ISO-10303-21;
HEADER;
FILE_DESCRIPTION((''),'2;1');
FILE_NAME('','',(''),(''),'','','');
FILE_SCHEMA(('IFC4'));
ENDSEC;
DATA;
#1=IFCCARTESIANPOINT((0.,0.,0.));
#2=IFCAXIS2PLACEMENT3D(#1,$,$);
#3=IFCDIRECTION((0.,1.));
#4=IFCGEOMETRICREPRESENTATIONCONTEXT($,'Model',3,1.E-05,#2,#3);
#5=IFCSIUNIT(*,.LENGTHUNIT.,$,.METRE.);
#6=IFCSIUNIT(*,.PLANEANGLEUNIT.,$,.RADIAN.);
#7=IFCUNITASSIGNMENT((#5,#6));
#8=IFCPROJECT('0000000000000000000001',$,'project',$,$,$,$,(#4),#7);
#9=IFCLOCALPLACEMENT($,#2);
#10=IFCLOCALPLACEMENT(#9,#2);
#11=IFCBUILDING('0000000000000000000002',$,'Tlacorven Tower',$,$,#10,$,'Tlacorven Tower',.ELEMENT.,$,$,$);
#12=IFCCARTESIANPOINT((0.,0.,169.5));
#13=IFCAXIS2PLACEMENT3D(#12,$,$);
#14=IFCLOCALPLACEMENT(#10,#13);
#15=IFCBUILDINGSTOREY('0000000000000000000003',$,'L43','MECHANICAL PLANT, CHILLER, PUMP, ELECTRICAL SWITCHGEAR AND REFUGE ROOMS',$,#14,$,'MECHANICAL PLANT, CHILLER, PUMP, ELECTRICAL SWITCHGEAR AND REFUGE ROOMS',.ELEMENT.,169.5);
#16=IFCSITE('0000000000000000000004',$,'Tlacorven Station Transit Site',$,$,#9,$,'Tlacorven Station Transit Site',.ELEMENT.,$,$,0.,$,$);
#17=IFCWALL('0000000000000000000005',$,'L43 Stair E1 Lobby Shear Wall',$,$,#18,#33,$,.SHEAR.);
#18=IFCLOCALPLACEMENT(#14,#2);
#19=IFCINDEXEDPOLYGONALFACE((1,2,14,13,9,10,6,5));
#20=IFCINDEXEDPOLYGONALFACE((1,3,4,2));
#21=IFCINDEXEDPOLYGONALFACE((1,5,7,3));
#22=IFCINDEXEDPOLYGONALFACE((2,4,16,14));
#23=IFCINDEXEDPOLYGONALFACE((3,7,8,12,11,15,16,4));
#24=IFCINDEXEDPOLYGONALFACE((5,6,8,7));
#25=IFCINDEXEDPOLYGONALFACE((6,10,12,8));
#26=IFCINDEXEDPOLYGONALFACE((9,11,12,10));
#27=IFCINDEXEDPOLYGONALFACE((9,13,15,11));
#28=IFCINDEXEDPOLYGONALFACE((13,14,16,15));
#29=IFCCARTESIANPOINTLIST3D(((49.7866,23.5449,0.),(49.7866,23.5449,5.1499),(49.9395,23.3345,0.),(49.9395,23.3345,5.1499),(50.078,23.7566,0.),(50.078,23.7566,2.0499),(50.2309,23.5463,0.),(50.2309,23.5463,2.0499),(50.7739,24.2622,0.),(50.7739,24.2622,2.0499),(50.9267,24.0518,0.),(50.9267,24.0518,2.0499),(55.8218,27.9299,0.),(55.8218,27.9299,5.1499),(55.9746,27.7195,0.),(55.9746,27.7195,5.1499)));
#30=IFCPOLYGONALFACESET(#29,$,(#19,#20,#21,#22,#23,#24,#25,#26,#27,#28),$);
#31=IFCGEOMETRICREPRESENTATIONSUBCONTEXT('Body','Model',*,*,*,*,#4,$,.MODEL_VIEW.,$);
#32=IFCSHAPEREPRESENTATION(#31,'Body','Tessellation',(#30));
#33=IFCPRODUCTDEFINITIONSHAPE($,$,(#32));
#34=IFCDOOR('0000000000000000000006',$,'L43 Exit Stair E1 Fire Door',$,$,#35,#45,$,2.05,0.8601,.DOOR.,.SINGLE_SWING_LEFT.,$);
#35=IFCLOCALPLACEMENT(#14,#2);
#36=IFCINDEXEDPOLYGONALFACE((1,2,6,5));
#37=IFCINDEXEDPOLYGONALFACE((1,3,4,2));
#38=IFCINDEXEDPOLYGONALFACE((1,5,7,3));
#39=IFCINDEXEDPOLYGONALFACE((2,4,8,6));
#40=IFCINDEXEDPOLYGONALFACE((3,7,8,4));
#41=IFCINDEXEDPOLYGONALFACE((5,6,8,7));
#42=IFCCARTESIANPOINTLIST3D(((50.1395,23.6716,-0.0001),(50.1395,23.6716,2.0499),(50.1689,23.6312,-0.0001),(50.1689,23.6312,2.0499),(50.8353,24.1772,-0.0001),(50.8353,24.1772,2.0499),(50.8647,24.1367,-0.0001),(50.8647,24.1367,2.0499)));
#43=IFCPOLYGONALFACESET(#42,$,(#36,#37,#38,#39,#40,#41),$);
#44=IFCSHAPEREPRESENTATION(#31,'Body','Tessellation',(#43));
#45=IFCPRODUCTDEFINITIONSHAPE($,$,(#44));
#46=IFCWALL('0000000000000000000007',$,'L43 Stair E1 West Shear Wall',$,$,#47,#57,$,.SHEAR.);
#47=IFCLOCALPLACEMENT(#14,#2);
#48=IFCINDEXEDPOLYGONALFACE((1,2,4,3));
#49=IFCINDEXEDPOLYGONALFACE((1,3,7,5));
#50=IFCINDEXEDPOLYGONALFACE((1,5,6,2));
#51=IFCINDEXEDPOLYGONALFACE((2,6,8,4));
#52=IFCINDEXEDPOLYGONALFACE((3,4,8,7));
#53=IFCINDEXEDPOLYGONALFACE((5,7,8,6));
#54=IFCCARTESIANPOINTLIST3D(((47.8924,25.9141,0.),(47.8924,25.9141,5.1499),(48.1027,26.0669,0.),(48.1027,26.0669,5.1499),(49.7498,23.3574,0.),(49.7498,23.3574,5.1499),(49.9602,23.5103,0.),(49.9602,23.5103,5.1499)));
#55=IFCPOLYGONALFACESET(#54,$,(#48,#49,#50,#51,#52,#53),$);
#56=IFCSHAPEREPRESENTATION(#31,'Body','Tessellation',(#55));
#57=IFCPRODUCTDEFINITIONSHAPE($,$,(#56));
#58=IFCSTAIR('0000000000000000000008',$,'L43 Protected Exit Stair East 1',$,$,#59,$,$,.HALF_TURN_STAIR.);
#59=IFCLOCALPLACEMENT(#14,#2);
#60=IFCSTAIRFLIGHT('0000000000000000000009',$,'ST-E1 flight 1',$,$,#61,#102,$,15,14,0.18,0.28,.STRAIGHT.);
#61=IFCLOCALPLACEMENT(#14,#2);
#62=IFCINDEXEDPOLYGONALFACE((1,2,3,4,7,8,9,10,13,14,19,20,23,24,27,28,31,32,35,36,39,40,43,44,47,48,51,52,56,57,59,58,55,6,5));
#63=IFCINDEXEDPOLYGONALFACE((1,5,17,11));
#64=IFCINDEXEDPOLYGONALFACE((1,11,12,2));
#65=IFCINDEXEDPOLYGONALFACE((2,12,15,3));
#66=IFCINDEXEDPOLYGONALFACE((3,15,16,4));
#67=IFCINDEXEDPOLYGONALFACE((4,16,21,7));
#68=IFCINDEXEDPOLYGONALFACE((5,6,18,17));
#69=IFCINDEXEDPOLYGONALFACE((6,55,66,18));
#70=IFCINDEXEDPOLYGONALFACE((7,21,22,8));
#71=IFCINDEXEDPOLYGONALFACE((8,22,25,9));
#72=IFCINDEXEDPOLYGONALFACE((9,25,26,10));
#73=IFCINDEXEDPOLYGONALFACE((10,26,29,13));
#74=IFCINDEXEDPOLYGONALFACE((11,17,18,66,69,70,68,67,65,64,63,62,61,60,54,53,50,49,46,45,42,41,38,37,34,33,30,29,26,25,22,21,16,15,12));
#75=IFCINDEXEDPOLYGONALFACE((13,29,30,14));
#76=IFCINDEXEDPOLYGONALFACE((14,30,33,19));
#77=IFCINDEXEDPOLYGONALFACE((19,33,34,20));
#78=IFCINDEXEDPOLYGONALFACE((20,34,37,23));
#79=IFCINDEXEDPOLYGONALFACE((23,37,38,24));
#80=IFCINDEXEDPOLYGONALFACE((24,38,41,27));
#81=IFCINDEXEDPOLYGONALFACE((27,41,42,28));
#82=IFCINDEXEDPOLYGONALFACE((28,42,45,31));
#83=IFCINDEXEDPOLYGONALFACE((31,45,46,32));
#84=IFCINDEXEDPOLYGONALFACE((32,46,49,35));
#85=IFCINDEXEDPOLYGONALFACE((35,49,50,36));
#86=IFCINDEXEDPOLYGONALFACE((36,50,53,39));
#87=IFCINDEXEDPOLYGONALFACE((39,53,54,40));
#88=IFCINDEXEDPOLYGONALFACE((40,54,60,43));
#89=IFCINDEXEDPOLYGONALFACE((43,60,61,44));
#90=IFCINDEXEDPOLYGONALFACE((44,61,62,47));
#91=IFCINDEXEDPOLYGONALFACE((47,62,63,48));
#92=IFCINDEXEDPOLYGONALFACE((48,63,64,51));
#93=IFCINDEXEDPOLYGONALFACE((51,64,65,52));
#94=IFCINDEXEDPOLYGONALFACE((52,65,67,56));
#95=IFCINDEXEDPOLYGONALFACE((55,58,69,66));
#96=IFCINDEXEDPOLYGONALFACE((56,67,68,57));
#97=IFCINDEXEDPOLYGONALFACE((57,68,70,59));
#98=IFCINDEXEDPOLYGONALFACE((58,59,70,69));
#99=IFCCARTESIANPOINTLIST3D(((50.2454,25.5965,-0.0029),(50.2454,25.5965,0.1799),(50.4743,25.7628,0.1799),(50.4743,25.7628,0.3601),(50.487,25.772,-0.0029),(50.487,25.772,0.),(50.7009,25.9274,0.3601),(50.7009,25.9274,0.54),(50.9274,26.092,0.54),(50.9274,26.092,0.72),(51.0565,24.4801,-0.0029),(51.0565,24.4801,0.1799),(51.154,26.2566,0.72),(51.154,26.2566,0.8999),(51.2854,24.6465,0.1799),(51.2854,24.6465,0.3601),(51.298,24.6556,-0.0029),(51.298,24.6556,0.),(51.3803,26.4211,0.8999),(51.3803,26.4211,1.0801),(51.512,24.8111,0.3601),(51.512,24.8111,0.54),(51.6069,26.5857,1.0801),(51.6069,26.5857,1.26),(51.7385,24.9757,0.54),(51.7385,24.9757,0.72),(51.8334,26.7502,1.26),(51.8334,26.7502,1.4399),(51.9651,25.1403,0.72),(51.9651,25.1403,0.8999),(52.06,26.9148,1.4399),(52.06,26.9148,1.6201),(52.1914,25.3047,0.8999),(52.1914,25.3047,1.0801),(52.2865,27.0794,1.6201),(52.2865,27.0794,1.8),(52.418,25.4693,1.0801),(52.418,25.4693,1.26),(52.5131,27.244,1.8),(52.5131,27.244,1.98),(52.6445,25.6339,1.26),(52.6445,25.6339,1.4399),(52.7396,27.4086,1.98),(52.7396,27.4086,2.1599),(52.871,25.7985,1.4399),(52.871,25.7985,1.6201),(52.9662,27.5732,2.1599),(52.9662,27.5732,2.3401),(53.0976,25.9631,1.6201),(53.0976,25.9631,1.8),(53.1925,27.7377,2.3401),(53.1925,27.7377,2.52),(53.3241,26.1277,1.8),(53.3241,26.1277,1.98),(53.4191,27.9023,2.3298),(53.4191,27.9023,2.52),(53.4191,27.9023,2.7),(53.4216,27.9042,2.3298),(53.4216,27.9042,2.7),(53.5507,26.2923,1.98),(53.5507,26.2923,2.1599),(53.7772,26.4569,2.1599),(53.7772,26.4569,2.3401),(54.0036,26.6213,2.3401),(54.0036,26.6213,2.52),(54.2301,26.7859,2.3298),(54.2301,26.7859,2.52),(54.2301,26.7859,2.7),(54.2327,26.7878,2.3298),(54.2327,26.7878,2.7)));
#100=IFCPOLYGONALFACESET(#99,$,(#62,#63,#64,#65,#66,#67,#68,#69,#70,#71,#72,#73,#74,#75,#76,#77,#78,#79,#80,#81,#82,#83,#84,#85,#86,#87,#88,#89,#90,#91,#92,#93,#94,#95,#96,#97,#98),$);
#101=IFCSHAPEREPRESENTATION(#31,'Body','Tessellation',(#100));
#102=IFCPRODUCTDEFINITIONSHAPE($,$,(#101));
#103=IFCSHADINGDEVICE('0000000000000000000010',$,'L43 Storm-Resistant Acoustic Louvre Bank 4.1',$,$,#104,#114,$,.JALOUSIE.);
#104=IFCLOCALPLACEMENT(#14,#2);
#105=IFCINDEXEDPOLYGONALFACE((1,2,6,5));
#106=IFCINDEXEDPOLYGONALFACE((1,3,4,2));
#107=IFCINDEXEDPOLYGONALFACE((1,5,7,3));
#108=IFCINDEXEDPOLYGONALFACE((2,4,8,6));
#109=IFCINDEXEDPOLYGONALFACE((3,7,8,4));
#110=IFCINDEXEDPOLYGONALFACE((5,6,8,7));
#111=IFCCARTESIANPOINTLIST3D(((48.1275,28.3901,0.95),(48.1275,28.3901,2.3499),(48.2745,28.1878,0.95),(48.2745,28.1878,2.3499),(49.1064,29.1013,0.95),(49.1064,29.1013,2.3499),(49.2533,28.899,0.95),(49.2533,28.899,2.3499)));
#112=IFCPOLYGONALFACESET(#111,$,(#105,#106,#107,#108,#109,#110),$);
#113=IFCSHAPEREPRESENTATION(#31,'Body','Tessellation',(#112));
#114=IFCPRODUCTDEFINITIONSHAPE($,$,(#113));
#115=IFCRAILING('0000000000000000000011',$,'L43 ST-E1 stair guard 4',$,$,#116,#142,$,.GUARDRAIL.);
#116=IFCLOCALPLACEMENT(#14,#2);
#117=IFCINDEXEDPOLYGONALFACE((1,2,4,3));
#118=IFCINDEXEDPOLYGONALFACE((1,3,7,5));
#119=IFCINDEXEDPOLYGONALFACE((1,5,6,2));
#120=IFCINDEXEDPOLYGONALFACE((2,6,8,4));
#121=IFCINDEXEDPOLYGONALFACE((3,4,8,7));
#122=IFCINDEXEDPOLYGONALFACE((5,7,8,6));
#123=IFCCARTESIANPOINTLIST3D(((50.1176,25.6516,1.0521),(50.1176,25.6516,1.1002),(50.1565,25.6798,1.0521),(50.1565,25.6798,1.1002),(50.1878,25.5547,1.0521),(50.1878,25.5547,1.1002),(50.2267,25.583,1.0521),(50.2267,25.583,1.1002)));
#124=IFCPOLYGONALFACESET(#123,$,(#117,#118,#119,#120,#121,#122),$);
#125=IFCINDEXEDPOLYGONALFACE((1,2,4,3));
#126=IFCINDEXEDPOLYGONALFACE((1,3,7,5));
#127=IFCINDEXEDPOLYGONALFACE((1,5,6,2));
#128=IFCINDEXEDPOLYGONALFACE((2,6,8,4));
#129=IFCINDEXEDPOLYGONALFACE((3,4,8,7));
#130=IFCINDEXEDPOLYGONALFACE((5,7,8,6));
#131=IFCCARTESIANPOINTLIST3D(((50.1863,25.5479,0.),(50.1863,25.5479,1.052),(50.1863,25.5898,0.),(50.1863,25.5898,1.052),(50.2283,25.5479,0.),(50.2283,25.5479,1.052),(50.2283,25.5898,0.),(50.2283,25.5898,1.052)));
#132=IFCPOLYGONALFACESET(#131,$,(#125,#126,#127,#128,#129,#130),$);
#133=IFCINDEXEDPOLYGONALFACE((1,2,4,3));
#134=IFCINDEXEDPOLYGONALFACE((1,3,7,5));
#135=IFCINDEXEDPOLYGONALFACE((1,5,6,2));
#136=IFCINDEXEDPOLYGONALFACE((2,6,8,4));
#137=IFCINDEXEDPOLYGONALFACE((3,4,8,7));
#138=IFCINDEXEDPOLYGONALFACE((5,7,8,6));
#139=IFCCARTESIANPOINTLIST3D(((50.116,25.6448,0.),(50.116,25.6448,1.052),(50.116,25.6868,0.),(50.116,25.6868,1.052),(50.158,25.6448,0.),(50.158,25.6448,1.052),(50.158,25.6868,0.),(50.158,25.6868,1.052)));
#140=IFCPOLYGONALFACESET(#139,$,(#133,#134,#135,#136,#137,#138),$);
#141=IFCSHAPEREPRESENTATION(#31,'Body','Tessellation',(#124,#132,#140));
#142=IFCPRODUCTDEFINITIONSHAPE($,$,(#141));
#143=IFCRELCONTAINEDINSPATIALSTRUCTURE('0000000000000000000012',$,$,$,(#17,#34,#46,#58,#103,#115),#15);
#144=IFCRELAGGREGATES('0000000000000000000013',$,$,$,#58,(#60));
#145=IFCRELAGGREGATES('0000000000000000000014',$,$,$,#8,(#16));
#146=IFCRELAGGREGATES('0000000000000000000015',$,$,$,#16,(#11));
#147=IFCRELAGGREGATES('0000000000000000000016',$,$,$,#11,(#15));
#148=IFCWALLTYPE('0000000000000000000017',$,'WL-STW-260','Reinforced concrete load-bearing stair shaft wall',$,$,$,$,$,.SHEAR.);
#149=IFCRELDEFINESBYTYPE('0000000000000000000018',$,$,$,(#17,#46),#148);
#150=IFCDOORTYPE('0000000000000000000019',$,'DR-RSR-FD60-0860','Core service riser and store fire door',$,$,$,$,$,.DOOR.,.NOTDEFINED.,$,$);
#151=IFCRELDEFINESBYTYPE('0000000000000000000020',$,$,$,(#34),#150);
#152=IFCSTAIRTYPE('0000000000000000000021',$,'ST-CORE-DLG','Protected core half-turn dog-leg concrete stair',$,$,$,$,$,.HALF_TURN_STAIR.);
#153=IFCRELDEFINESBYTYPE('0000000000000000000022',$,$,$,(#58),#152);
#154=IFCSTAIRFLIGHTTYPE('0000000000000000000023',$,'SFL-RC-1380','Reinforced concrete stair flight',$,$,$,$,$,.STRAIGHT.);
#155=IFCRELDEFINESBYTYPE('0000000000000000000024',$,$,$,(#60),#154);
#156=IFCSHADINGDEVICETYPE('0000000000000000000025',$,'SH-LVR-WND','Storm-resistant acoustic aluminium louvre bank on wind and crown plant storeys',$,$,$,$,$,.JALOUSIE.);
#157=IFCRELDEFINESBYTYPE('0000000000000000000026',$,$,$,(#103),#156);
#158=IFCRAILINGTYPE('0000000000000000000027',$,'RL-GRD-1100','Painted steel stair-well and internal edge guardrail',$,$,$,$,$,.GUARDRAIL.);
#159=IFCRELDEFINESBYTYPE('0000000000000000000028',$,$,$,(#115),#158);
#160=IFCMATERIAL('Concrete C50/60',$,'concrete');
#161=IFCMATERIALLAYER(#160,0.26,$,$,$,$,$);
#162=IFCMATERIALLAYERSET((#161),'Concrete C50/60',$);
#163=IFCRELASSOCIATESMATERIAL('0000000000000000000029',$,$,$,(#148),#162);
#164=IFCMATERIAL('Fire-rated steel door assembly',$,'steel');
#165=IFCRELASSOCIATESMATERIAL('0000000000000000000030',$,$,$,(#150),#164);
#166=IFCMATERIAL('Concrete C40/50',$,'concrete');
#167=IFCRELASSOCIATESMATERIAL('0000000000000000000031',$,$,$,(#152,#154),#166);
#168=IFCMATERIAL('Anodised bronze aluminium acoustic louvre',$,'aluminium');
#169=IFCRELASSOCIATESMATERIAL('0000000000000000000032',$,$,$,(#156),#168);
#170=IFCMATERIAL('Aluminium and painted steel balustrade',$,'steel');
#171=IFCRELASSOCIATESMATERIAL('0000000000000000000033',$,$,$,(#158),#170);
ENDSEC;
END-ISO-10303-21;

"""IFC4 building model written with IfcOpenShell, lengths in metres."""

from ifc_helpers import new_model, si_unit, direction, frame, frame_2d, origin, origin_2d, place, context, subcontext, project, spatial, polyline, rectangle, outline, extrude, source, transform, mapped, material, layer, layer_set, type_object, element, fill, aggregate, save


model = new_model("IFC4")

# Units and contexts
model_context = context("Model", 3, precision=1e-05, world=origin(), true_north=direction((0.0, 1.0)))
body_context = subcontext(model_context, "Body", "Model", "MODEL_VIEW")
ifc_project = project(units=[si_unit("LENGTHUNIT", "METRE"), si_unit("PLANEANGLEUNIT", "RADIAN")], contexts=[model_context])

# Site, building, storey
site_placement = place(None, origin())
site = spatial("IfcSite", under=ifc_project, at=site_placement, Name="Tlacorven Station Transit Site", LongName="Tlacorven Station Transit Site", CompositionType="ELEMENT", RefElevation=0.0)
building_placement = place(site_placement, origin())
building = spatial("IfcBuilding", under=site, at=building_placement, Name="Tlacorven Tower", LongName="Tlacorven Tower", CompositionType="ELEMENT")
storey_placement = place(building_placement, frame((0.0, 0.0, 169.5)))
storey = spatial("IfcBuildingStorey", under=building, at=storey_placement, Name="L43", Description="MECHANICAL PLANT, CHILLER, PUMP, ELECTRICAL SWITCHGEAR AND REFUGE ROOMS", LongName="MECHANICAL PLANT, CHILLER, PUMP, ELECTRICAL SWITCHGEAR AND REFUGE ROOMS", CompositionType="ELEMENT", Elevation=169.5)

# Shared definitions
ifc_material_1 = material(Name="Concrete C40/50", Category="concrete")
ifc_material_2 = material(Name="Fire-rated steel door assembly", Category="steel")

# Shared definitions
ifc_material_3 = material(Name="Concrete C50/60", Category="concrete")
ifc_layer_1 = layer(ifc_material_3, 0.26)
ifc_layer_set_1 = layer_set([ifc_layer_1], Name="Concrete C50/60")
wall_type_1 = type_object("IfcWallType", Name="WL-STW-260", Description="Reinforced concrete load-bearing stair shaft wall", PredefinedType="SHEAR", material=ifc_layer_set_1)

# Wall, opening, door
wall_1_placement = place(storey_placement, frame((49.863, 23.4397, 0.0), z_axis=(0.0, 0.0, 1.0), x_axis=(0.809003, 0.587804, 0.0)))
wall_1 = element("IfcWall", 1, at=wall_1_placement, inside=storey, type_object=wall_type_1, Name="L43 Stair E1 Lobby Shear Wall", PredefinedType="SHEAR", context=body_context, shape_type="SweptSolid", body=[
    extrude(rectangle(XDim=7.46, YDim=0.26, at=frame_2d((3.73, 0.0))), origin(), (0.0, 0.0, 1.0), 5.1499),
])
opening_1_placement = place(wall_1_placement, frame((0.3601, 0.0, 0.0)))
opening_1 = element("IfcOpeningElement", 2, at=opening_1_placement, cuts=wall_1, PredefinedType="OPENING", context=body_context, shape_type="SweptSolid", body=[
    extrude(rectangle(XDim=0.8601, YDim=2.05, at=frame_2d((0.4302, 1.0249))), frame((0.0, 0.1401, 0.0), z_axis=(0.0, -1.0, 0.0), x_axis=(1.0, 0.0, 0.0)), (0.0, 0.0, 1.0), 0.28),
])
door_type_1 = type_object("IfcDoorType", Name="DR-RSR-FD60-0860", Description="Core service riser and store fire door", OperationType="NOTDEFINED", PredefinedType="DOOR", material=ifc_material_2)
shared_shape_1 = source(origin(), body_context, "Body", "SweptSolid", [
    extrude(rectangle(XDim=0.8601, YDim=2.05, at=frame_2d((0.4302, 1.0249))), frame((0.0, 0.0249, 0.0), z_axis=(0.0, -1.0, 0.0), x_axis=(1.0, 0.0, 0.0)), (0.0, 0.0, 1.0), 0.05),
])
door_1_placement = place(opening_1_placement, frame((0.8601, 0.0, 0.0), z_axis=(0.0, 0.0, 1.0), x_axis=(-1.0, 0.0, 0.0)))
door_1 = element("IfcDoor", 3, at=door_1_placement, inside=storey, type_object=door_type_1, Name="L43 Exit Stair E1 Fire Door", OperationType="SINGLE_SWING_LEFT", OverallHeight=2.05, OverallWidth=0.8601, PredefinedType="DOOR", context=body_context, shape_type="MappedRepresentation", body=[
    mapped(shared_shape_1, transform((0.0, 0.0, 0.0), scale=1.0)),
])
fill(opening_1, door_1)

# Wall
wall_2_placement = place(storey_placement, frame((49.855, 23.4338, 0.0), z_axis=(0.0, 0.0, 1.0), x_axis=(-0.587767, 0.80903, 0.0)))
element("IfcWall", 4, at=wall_2_placement, inside=storey, type_object=wall_type_1, Name="L43 Stair E1 West Shear Wall", PredefinedType="SHEAR", context=body_context, shape_type="SweptSolid", body=[
    extrude(rectangle(XDim=3.1602, YDim=0.26, at=frame_2d((1.5801, 0.0))), origin(), (0.0, 0.0, 1.0), 5.1499),
])

# Stair, stair flight
stair_type = type_object("IfcStairType", Name="ST-CORE-DLG", Description="Protected core half-turn dog-leg concrete stair", PredefinedType="HALF_TURN_STAIR", material=ifc_material_1)
stair_placement = place(storey_placement, origin())
stair = element("IfcStair", 5, at=stair_placement, inside=storey, type_object=stair_type, Name="L43 Protected Exit Stair East 1", PredefinedType="HALF_TURN_STAIR")
stair_flight_type = type_object("IfcStairFlightType", Name="SFL-RC-1380", Description="Reinforced concrete stair flight", PredefinedType="STRAIGHT", material=ifc_material_1)
shared_shape_2 = source(origin(), body_context, "Body", "SweptSolid", [
    extrude(outline(polyline([(-0.0029, -0.0029), (-0.0029, 0.1799), (0.28, 0.1799), (0.28, 0.3601), (0.5601, 0.3601), (0.5601, 0.54), (0.8401, 0.54), (0.8401, 0.72), (1.1201, 0.72), (1.1201, 0.8999), (1.3999, 0.8999), (1.3999, 1.0801), (1.6799, 1.0801), (1.6799, 1.26), (1.96, 1.26), (1.96, 1.4399), (2.24, 1.4399), (2.24, 1.6201), (2.52, 1.6201), (2.52, 1.8), (2.8, 1.8), (2.8, 1.98), (3.0801, 1.98), (3.0801, 2.1599), (3.3601, 2.1599), (3.3601, 2.3401), (3.6399, 2.3401), (3.6399, 2.52), (3.9199, 2.52), (3.9199, 2.7), (3.9231, 2.7), (3.9231, 2.3298), (3.9199, 2.3298), (0.2957, 0.0), (0.2957, -0.0029), (-0.0029, -0.0029)])), frame((0.0, 0.6899, 0.0), z_axis=(0.0, -1.0, 0.0), x_axis=(1.0, 0.0, 0.0)), (0.0, 0.0, 1.0), 1.3799),
])
stair_flight_placement = place(storey_placement, frame((50.6533, 25.04, 0.0), z_axis=(0.0, 0.0, 1.0), x_axis=(0.809017, 0.587785, 0.0)))
stair_flight = element("IfcStairFlight", 6, at=stair_flight_placement, type_object=stair_flight_type, Name="ST-E1 flight 1", NumberOfRisers=15, NumberOfTreads=14, PredefinedType="STRAIGHT", RiserHeight=0.18, TreadLength=0.28, context=body_context, shape_type="MappedRepresentation", body=[
    mapped(shared_shape_2, transform((0.0, 0.0, 0.0), scale=1.0)),
])
aggregate(stair, [stair_flight])

# Shading device
ifc_material_4 = material(Name="Anodised bronze aluminium acoustic louvre", Category="aluminium")
shading_device_type = type_object("IfcShadingDeviceType", Name="SH-LVR-WND", Description="Storm-resistant acoustic aluminium louvre bank on wind and crown plant storeys", PredefinedType="JALOUSIE", material=ifc_material_4)
shared_shape_3 = source(origin(), body_context, "Body", "SweptSolid", [
    extrude(rectangle(XDim=1.21, YDim=0.25, at=origin_2d()), origin(), (0.0, 0.0, 1.0), 1.3999),
])
shading_device_placement = place(storey_placement, frame((48.6904, 28.6445, 0.95), z_axis=(0.0, 0.0, 1.0), x_axis=(0.809017, 0.587785, 0.0)))
element("IfcShadingDevice", 7, at=shading_device_placement, inside=storey, type_object=shading_device_type, Name="L43 Storm-Resistant Acoustic Louvre Bank 4.1", PredefinedType="JALOUSIE", context=body_context, shape_type="MappedRepresentation", body=[
    mapped(shared_shape_3, transform((0.0, 0.0, 0.0), scale=1.0)),
])

# Railing
ifc_material_5 = material(Name="Aluminium and painted steel balustrade", Category="steel")
railing_type_1 = type_object("IfcRailingType", Name="RL-GRD-1100", Description="Painted steel stair-well and internal edge guardrail", PredefinedType="GUARDRAIL", material=ifc_material_5)
shared_shape_4 = source(origin(), body_context, "Body", "SweptSolid", [
    extrude(rectangle(XDim=0.0481, YDim=0.0481, at=origin_2d()), frame((0.0, 0.0, 1.0762), z_axis=(-0.587201, 0.809441, 0.0), x_axis=(-0.809441, -0.587201, 0.0)), (0.0, 0.0, 1.0), 0.1196),
    extrude(rectangle(XDim=0.042, YDim=0.042, at=origin_2d()), origin(), (0.0, 0.0, 1.0), 1.052),
    extrude(rectangle(XDim=0.042, YDim=0.042, at=origin_2d()), frame((-0.0703, 0.0969, 0.0)), (0.0, 0.0, 1.0), 1.052),
])
railing_1_placement = place(storey_placement, frame((50.2073, 25.5688, 0.0)))
element("IfcRailing", 8, at=railing_1_placement, inside=storey, type_object=railing_type_1, Name="L43 ST-E1 stair guard 4", PredefinedType="GUARDRAIL", context=body_context, shape_type="MappedRepresentation", body=[
    mapped(shared_shape_4, transform((0.0, 0.0, 0.0), scale=1.0)),
])

save(model, "model.ifc")
